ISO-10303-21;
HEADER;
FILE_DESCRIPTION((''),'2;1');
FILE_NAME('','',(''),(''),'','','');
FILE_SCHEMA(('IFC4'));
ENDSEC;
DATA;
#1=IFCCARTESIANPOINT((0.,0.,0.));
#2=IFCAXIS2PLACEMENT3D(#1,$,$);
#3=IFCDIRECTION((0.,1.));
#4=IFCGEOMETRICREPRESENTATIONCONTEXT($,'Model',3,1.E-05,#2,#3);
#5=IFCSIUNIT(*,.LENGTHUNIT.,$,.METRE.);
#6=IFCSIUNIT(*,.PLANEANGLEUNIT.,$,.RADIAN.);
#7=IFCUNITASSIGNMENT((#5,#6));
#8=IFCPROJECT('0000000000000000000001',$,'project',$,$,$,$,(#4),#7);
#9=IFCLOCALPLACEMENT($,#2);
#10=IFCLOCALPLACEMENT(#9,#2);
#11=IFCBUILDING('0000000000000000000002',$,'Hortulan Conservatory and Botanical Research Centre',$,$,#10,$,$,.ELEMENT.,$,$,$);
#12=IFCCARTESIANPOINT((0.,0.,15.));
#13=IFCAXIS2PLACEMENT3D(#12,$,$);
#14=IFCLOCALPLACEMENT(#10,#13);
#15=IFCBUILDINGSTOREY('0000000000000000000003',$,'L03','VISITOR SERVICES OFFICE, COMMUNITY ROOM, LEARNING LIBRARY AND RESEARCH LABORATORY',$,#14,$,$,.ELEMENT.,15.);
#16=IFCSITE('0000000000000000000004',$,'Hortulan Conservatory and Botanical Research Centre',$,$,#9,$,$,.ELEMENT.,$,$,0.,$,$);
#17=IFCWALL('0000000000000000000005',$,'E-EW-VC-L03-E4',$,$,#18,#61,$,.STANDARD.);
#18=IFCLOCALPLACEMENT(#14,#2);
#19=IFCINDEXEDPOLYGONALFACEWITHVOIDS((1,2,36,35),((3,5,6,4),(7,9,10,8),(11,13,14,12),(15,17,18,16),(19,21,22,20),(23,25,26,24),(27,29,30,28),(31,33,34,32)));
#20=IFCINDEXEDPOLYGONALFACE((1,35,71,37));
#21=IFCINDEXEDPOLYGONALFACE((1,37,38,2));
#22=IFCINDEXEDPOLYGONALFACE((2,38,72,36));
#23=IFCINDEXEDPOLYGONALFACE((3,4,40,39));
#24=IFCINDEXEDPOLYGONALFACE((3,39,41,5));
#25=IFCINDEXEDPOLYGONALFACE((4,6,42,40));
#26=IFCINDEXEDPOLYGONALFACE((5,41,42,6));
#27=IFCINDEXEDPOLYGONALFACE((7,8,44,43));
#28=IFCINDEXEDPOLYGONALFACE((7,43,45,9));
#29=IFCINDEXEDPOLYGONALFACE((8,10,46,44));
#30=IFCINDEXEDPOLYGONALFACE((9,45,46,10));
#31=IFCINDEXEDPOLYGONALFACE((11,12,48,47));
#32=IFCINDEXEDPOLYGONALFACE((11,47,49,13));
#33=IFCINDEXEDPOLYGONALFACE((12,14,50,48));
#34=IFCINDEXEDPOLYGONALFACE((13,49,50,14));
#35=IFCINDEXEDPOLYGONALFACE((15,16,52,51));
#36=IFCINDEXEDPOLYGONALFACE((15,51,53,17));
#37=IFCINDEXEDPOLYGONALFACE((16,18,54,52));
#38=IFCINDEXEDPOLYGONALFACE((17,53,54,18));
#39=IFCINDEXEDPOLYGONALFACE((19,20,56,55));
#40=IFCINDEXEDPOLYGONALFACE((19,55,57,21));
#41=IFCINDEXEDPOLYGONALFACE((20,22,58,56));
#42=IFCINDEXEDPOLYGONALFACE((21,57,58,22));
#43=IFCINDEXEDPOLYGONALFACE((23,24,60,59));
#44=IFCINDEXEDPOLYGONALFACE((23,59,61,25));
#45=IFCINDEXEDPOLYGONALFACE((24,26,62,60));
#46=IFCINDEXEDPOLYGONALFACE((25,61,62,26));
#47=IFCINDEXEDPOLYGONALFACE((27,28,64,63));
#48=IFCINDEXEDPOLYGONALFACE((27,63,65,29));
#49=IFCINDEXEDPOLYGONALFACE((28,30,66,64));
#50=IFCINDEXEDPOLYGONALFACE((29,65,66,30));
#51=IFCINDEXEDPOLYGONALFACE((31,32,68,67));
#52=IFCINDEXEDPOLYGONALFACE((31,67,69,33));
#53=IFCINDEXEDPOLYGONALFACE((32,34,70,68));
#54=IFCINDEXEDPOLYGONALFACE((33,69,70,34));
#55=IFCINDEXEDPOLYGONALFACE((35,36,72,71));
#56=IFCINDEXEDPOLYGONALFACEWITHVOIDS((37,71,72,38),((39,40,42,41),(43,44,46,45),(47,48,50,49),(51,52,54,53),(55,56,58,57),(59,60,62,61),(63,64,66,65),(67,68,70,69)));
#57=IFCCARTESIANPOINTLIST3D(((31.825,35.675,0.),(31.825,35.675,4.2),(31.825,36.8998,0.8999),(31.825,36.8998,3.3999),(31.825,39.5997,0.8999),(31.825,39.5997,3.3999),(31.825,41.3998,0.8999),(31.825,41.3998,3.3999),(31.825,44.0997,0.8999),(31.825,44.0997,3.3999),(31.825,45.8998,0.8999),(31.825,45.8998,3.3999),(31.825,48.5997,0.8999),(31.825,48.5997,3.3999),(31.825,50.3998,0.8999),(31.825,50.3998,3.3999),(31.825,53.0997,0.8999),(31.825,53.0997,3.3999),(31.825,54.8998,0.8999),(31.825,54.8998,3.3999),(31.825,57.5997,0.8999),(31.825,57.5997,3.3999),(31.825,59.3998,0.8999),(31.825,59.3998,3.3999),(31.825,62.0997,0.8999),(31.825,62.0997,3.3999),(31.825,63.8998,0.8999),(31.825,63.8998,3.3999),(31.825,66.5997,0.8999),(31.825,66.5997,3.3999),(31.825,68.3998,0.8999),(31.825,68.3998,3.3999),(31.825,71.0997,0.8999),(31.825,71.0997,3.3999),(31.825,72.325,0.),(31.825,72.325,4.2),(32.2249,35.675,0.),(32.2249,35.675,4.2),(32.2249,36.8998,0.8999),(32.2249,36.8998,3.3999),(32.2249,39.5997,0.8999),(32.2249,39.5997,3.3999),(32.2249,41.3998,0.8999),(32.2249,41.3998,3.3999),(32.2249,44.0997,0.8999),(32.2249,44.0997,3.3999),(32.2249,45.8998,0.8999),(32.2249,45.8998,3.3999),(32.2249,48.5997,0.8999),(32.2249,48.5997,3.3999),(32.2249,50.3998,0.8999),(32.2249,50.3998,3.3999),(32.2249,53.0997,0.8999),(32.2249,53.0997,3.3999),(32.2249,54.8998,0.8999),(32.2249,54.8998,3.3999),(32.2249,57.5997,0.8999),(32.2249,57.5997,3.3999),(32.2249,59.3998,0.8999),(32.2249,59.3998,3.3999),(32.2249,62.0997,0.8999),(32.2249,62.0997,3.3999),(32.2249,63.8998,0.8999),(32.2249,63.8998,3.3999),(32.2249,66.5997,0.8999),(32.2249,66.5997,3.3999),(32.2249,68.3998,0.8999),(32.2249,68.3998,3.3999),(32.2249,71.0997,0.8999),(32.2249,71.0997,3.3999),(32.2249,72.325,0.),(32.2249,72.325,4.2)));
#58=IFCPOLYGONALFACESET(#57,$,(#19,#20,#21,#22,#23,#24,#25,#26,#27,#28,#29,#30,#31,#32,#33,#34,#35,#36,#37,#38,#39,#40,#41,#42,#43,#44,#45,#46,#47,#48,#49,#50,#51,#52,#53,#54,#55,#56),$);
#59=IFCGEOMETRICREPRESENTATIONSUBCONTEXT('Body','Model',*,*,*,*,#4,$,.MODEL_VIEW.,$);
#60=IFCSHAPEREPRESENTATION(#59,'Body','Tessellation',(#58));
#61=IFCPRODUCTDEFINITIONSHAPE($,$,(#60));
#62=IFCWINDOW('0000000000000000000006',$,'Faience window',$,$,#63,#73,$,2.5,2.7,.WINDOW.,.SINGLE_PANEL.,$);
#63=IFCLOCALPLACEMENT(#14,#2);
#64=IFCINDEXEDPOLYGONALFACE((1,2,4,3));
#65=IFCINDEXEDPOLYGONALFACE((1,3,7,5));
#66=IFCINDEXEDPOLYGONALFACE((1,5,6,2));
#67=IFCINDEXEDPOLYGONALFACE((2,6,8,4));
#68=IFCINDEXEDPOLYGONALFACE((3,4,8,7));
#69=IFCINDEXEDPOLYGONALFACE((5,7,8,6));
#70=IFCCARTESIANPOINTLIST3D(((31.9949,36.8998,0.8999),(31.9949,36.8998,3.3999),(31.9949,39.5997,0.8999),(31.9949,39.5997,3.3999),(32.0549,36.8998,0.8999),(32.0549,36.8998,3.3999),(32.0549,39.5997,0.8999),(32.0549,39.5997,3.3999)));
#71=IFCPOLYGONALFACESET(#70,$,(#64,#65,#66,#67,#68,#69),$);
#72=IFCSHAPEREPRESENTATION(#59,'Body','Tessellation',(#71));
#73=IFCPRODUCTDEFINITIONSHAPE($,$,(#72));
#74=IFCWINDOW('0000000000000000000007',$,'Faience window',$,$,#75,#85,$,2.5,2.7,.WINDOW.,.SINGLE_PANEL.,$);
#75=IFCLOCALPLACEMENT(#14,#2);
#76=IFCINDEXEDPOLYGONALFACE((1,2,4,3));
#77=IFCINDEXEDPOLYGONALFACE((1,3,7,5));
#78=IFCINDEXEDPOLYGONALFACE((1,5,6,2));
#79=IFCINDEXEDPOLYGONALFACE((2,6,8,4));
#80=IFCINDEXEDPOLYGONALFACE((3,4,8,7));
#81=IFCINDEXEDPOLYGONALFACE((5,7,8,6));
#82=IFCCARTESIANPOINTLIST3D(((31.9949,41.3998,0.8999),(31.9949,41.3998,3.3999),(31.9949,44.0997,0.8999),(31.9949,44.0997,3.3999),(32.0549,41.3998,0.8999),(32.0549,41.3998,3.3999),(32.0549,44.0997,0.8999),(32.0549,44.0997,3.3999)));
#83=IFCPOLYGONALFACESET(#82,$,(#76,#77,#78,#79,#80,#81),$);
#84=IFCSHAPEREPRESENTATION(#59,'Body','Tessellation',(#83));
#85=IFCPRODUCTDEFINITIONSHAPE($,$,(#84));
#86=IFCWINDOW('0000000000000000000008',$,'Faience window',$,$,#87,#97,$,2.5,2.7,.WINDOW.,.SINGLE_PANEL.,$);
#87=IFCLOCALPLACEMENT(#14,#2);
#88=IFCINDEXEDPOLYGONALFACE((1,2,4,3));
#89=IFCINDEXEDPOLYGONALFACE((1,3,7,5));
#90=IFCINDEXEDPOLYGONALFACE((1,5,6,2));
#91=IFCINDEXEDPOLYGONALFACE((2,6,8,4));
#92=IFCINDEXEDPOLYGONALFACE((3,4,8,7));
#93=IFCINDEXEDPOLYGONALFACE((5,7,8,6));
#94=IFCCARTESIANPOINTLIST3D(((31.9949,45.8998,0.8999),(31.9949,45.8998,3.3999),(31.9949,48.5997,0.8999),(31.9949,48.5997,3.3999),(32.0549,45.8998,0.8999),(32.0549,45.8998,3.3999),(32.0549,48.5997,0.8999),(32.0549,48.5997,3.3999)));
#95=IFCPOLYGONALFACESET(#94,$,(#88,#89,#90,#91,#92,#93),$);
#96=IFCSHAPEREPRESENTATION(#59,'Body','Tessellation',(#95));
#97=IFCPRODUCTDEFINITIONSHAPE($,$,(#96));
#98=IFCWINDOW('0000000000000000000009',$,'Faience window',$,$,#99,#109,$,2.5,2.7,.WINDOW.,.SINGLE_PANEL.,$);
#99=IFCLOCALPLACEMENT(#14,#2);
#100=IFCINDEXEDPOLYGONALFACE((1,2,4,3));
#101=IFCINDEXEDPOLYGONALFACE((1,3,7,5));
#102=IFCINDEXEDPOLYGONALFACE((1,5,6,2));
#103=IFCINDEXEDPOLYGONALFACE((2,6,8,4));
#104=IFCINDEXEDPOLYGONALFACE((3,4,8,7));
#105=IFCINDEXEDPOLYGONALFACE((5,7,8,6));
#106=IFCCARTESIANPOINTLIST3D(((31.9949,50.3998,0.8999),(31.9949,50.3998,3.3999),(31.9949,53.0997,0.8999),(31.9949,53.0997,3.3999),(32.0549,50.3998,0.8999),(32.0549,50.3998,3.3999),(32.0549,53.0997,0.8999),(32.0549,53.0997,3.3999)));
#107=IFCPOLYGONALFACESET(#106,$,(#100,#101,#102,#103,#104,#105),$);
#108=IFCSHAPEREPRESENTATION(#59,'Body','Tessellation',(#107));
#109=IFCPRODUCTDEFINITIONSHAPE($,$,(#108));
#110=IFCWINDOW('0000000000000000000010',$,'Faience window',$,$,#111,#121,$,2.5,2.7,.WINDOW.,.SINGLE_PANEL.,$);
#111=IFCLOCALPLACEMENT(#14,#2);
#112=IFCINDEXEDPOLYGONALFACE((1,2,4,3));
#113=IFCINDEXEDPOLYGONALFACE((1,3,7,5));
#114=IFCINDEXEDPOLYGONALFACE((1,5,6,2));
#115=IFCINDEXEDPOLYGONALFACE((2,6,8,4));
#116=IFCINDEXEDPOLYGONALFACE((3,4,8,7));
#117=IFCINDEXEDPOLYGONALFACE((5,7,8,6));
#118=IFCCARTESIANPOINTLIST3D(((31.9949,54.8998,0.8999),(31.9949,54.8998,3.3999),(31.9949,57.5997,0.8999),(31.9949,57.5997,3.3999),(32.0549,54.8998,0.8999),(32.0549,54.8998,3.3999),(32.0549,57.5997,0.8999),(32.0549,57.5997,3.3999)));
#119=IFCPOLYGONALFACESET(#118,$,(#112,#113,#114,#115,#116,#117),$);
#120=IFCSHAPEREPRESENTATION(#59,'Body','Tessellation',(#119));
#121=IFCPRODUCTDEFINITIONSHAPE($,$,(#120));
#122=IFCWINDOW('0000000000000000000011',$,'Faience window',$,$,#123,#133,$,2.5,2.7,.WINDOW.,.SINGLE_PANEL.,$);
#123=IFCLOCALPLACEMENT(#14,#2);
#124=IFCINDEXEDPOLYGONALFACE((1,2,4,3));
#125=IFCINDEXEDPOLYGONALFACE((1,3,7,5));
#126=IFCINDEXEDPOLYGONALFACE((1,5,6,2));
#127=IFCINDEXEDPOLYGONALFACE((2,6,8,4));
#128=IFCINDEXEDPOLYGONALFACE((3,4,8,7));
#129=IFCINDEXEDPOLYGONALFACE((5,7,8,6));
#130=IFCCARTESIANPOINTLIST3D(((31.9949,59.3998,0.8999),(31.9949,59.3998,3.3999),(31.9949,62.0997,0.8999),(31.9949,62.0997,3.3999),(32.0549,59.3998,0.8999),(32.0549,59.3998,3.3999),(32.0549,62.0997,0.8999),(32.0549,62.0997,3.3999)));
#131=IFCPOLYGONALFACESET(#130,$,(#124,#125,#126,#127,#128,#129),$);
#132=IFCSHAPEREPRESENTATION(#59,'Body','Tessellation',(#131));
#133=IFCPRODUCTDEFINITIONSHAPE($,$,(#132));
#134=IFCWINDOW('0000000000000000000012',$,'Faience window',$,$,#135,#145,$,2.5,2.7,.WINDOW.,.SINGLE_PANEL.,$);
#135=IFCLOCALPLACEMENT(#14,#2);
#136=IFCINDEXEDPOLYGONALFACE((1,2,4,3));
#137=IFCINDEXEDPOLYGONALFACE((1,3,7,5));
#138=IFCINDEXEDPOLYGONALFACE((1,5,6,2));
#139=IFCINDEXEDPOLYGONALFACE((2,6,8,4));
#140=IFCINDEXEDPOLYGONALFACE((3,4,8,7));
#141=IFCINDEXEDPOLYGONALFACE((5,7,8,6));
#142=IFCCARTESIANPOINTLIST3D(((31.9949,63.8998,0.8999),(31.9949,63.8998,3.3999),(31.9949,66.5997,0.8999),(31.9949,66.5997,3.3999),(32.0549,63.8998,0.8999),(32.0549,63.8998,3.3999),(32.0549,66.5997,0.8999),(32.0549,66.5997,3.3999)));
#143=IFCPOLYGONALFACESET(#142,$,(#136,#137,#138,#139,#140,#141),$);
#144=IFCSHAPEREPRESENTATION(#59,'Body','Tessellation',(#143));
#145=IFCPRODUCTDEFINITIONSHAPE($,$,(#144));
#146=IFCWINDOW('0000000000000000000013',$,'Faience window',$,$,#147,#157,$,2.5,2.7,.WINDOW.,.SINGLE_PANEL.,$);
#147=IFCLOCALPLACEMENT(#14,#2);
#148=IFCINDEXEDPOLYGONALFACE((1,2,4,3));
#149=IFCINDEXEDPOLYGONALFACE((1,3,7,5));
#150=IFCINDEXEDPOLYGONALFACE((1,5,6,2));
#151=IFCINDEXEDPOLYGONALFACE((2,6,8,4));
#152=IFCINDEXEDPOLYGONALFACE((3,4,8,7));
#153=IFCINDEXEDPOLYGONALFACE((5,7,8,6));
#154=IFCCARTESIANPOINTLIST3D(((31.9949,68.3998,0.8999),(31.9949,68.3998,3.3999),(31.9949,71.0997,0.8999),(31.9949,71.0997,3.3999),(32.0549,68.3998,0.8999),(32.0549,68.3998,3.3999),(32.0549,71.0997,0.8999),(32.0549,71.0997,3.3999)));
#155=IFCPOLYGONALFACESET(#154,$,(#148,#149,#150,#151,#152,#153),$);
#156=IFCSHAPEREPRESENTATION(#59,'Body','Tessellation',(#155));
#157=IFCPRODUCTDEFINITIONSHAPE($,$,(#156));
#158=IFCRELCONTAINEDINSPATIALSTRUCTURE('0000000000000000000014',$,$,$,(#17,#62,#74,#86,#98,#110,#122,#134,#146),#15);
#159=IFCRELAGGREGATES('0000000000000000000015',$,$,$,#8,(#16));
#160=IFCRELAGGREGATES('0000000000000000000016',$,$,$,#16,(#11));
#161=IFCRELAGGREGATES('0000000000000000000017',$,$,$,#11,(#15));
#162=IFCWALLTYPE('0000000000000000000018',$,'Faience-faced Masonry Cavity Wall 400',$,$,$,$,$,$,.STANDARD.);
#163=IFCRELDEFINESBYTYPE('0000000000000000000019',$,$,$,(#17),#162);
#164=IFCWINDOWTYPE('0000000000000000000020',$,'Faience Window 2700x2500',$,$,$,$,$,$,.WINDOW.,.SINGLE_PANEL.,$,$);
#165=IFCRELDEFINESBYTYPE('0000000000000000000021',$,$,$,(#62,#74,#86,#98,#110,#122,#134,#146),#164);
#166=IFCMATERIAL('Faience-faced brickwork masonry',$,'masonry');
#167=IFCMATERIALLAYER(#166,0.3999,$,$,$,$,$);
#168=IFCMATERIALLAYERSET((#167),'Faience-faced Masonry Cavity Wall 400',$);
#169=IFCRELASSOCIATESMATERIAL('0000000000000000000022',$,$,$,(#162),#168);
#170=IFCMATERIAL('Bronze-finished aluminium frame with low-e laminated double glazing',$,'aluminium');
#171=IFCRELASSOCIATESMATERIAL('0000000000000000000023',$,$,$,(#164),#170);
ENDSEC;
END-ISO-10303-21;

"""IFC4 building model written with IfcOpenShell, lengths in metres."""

from ifc_helpers import new_model, si_unit, direction, frame, frame_2d, origin, place, context, subcontext, project, spatial, rectangle, extrude, material, layer, layer_set, type_object, element, fill, save


model = new_model("IFC4")

# Units and contexts
model_context = context("Model", 3, precision=1e-05, world=origin(), true_north=direction((0.0, 1.0)))
body_context = subcontext(model_context, "Body", "Model", "MODEL_VIEW")
ifc_project = project(units=[si_unit("LENGTHUNIT", "METRE"), si_unit("PLANEANGLEUNIT", "RADIAN")], contexts=[model_context])

# Site, building, storey
site_placement = place(None, origin())
site = spatial("IfcSite", under=ifc_project, at=site_placement, Name="Hortulan Conservatory and Botanical Research Centre", CompositionType="ELEMENT", RefElevation=0.0)
building_placement = place(site_placement, origin())
building = spatial("IfcBuilding", under=site, at=building_placement, Name="Hortulan Conservatory and Botanical Research Centre", CompositionType="ELEMENT")
storey_placement = place(building_placement, frame((0.0, 0.0, 15.0)))
storey = spatial("IfcBuildingStorey", under=building, at=storey_placement, Name="L03", Description="VISITOR SERVICES OFFICE, COMMUNITY ROOM, LEARNING LIBRARY AND RESEARCH LABORATORY", CompositionType="ELEMENT", Elevation=15.0)

# Wall, openings, windows
ifc_material_1 = material(Name="Faience-faced brickwork masonry", Category="masonry")
ifc_layer_1 = layer(ifc_material_1, 0.3999)
ifc_layer_set_1 = layer_set([ifc_layer_1], Name="Faience-faced Masonry Cavity Wall 400")
wall_type = type_object("IfcWallType", Name="Faience-faced Masonry Cavity Wall 400", PredefinedType="STANDARD", material=ifc_layer_set_1)
wall_placement = place(storey_placement, frame((32.0249, 72.325, 0.0), z_axis=(0.0, 0.0, 1.0), x_axis=(0.0, -1.0, 0.0)))
wall = element("IfcWall", 1, at=wall_placement, inside=storey, type_object=wall_type, Name="E-EW-VC-L03-E4", PredefinedType="STANDARD", context=body_context, shape_type="SweptSolid", body=[
    extrude(rectangle(XDim=36.6499, YDim=0.3999, at=frame_2d((18.325, 0.0))), origin(), (0.0, 0.0, 1.0), 4.2),
])
opening_1_placement = place(wall_placement, frame((32.7251, 0.0, 0.8999)))
opening_1 = element("IfcOpeningElement", 2, at=opening_1_placement, cuts=wall, PredefinedType="OPENING", context=body_context, shape_type="SweptSolid", body=[
    extrude(rectangle(XDim=2.7, YDim=2.5, at=frame_2d((1.3501, 1.25))), frame((0.0, 0.21, 0.0), z_axis=(0.0, -1.0, 0.0), x_axis=(1.0, 0.0, 0.0)), (0.0, 0.0, 1.0), 0.4199),
])
opening_2_placement = place(wall_placement, frame((28.2251, 0.0, 0.8999)))
opening_2 = element("IfcOpeningElement", 3, at=opening_2_placement, cuts=wall, PredefinedType="OPENING", context=body_context, shape_type="SweptSolid", body=[
    extrude(rectangle(XDim=2.7, YDim=2.5, at=frame_2d((1.3501, 1.25))), frame((0.0, 0.21, 0.0), z_axis=(0.0, -1.0, 0.0), x_axis=(1.0, 0.0, 0.0)), (0.0, 0.0, 1.0), 0.4199),
])
opening_3_placement = place(wall_placement, frame((23.7251, 0.0, 0.8999)))
opening_3 = element("IfcOpeningElement", 4, at=opening_3_placement, cuts=wall, PredefinedType="OPENING", context=body_context, shape_type="SweptSolid", body=[
    extrude(rectangle(XDim=2.7, YDim=2.5, at=frame_2d((1.3501, 1.25))), frame((0.0, 0.21, 0.0), z_axis=(0.0, -1.0, 0.0), x_axis=(1.0, 0.0, 0.0)), (0.0, 0.0, 1.0), 0.4199),
])
opening_4_placement = place(wall_placement, frame((19.2251, 0.0, 0.8999)))
opening_4 = element("IfcOpeningElement", 5, at=opening_4_placement, cuts=wall, PredefinedType="OPENING", context=body_context, shape_type="SweptSolid", body=[
    extrude(rectangle(XDim=2.7, YDim=2.5, at=frame_2d((1.3501, 1.25))), frame((0.0, 0.21, 0.0), z_axis=(0.0, -1.0, 0.0), x_axis=(1.0, 0.0, 0.0)), (0.0, 0.0, 1.0), 0.4199),
])
opening_5_placement = place(wall_placement, frame((14.7251, 0.0, 0.8999)))
opening_5 = element("IfcOpeningElement", 6, at=opening_5_placement, cuts=wall, PredefinedType="OPENING", context=body_context, shape_type="SweptSolid", body=[
    extrude(rectangle(XDim=2.7, YDim=2.5, at=frame_2d((1.3501, 1.25))), frame((0.0, 0.21, 0.0), z_axis=(0.0, -1.0, 0.0), x_axis=(1.0, 0.0, 0.0)), (0.0, 0.0, 1.0), 0.4199),
])
opening_6_placement = place(wall_placement, frame((10.2251, 0.0, 0.8999)))
opening_6 = element("IfcOpeningElement", 7, at=opening_6_placement, cuts=wall, PredefinedType="OPENING", context=body_context, shape_type="SweptSolid", body=[
    extrude(rectangle(XDim=2.7, YDim=2.5, at=frame_2d((1.3501, 1.25))), frame((0.0, 0.21, 0.0), z_axis=(0.0, -1.0, 0.0), x_axis=(1.0, 0.0, 0.0)), (0.0, 0.0, 1.0), 0.4199),
])
opening_7_placement = place(wall_placement, frame((5.7251, 0.0, 0.8999)))
opening_7 = element("IfcOpeningElement", 8, at=opening_7_placement, cuts=wall, PredefinedType="OPENING", context=body_context, shape_type="SweptSolid", body=[
    extrude(rectangle(XDim=2.7, YDim=2.5, at=frame_2d((1.3501, 1.25))), frame((0.0, 0.21, 0.0), z_axis=(0.0, -1.0, 0.0), x_axis=(1.0, 0.0, 0.0)), (0.0, 0.0, 1.0), 0.4199),
])
opening_8_placement = place(wall_placement, frame((1.2251, 0.0, 0.8999)))
opening_8 = element("IfcOpeningElement", 9, at=opening_8_placement, cuts=wall, PredefinedType="OPENING", context=body_context, shape_type="SweptSolid", body=[
    extrude(rectangle(XDim=2.7, YDim=2.5, at=frame_2d((1.3501, 1.25))), frame((0.0, 0.21, 0.0), z_axis=(0.0, -1.0, 0.0), x_axis=(1.0, 0.0, 0.0)), (0.0, 0.0, 1.0), 0.4199),
])
ifc_material_2 = material(Name="Bronze-finished aluminium frame with low-e laminated double glazing", Category="aluminium")
window_type = type_object("IfcWindowType", Name="Faience Window 2700x2500", PartitioningType="SINGLE_PANEL", PredefinedType="WINDOW", material=ifc_material_2)
window_1_placement = place(opening_1_placement, origin())
window_1 = element("IfcWindow", 10, at=window_1_placement, inside=storey, type_object=window_type, Name="Faience window", OverallHeight=2.5, OverallWidth=2.7, PartitioningType="SINGLE_PANEL", PredefinedType="WINDOW", context=body_context, shape_type="SweptSolid", body=[
    extrude(rectangle(XDim=2.7, YDim=2.5, at=frame_2d((1.3501, 1.25))), frame((0.0, 0.03, 0.0), z_axis=(0.0, -1.0, 0.0), x_axis=(1.0, 0.0, 0.0)), (0.0, 0.0, 1.0), 0.0601),
])
fill(opening_1, window_1)
window_2_placement = place(opening_2_placement, origin())
window_2 = element("IfcWindow", 11, at=window_2_placement, inside=storey, type_object=window_type, Name="Faience window", OverallHeight=2.5, OverallWidth=2.7, PartitioningType="SINGLE_PANEL", PredefinedType="WINDOW", context=body_context, shape_type="SweptSolid", body=[
    extrude(rectangle(XDim=2.7, YDim=2.5, at=frame_2d((1.3501, 1.25))), frame((0.0, 0.03, 0.0), z_axis=(0.0, -1.0, 0.0), x_axis=(1.0, 0.0, 0.0)), (0.0, 0.0, 1.0), 0.0601),
])
fill(opening_2, window_2)
window_3_placement = place(opening_3_placement, origin())
window_3 = element("IfcWindow", 12, at=window_3_placement, inside=storey, type_object=window_type, Name="Faience window", OverallHeight=2.5, OverallWidth=2.7, PartitioningType="SINGLE_PANEL", PredefinedType="WINDOW", context=body_context, shape_type="SweptSolid", body=[
    extrude(rectangle(XDim=2.7, YDim=2.5, at=frame_2d((1.3501, 1.25))), frame((0.0, 0.03, 0.0), z_axis=(0.0, -1.0, 0.0), x_axis=(1.0, 0.0, 0.0)), (0.0, 0.0, 1.0), 0.0601),
])
fill(opening_3, window_3)
window_4_placement = place(opening_4_placement, origin())
window_4 = element("IfcWindow", 13, at=window_4_placement, inside=storey, type_object=window_type, Name="Faience window", OverallHeight=2.5, OverallWidth=2.7, PartitioningType="SINGLE_PANEL", PredefinedType="WINDOW", context=body_context, shape_type="SweptSolid", body=[
    extrude(rectangle(XDim=2.7, YDim=2.5, at=frame_2d((1.3501, 1.25))), frame((0.0, 0.03, 0.0), z_axis=(0.0, -1.0, 0.0), x_axis=(1.0, 0.0, 0.0)), (0.0, 0.0, 1.0), 0.0601),
])
fill(opening_4, window_4)
window_5_placement = place(opening_5_placement, origin())
window_5 = element("IfcWindow", 14, at=window_5_placement, inside=storey, type_object=window_type, Name="Faience window", OverallHeight=2.5, OverallWidth=2.7, PartitioningType="SINGLE_PANEL", PredefinedType="WINDOW", context=body_context, shape_type="SweptSolid", body=[
    extrude(rectangle(XDim=2.7, YDim=2.5, at=frame_2d((1.3501, 1.25))), frame((0.0, 0.03, 0.0), z_axis=(0.0, -1.0, 0.0), x_axis=(1.0, 0.0, 0.0)), (0.0, 0.0, 1.0), 0.0601),
])
fill(opening_5, window_5)
window_6_placement = place(opening_6_placement, origin())
window_6 = element("IfcWindow", 15, at=window_6_placement, inside=storey, type_object=window_type, Name="Faience window", OverallHeight=2.5, OverallWidth=2.7, PartitioningType="SINGLE_PANEL", PredefinedType="WINDOW", context=body_context, shape_type="SweptSolid", body=[
    extrude(rectangle(XDim=2.7, YDim=2.5, at=frame_2d((1.3501, 1.25))), frame((0.0, 0.03, 0.0), z_axis=(0.0, -1.0, 0.0), x_axis=(1.0, 0.0, 0.0)), (0.0, 0.0, 1.0), 0.0601),
])
fill(opening_6, window_6)
window_7_placement = place(opening_7_placement, origin())
window_7 = element("IfcWindow", 16, at=window_7_placement, inside=storey, type_object=window_type, Name="Faience window", OverallHeight=2.5, OverallWidth=2.7, PartitioningType="SINGLE_PANEL", PredefinedType="WINDOW", context=body_context, shape_type="SweptSolid", body=[
    extrude(rectangle(XDim=2.7, YDim=2.5, at=frame_2d((1.3501, 1.25))), frame((0.0, 0.03, 0.0), z_axis=(0.0, -1.0, 0.0), x_axis=(1.0, 0.0, 0.0)), (0.0, 0.0, 1.0), 0.0601),
])
fill(opening_7, window_7)
window_8_placement = place(opening_8_placement, origin())
window_8 = element("IfcWindow", 17, at=window_8_placement, inside=storey, type_object=window_type, Name="Faience window", OverallHeight=2.5, OverallWidth=2.7, PartitioningType="SINGLE_PANEL", PredefinedType="WINDOW", context=body_context, shape_type="SweptSolid", body=[
    extrude(rectangle(XDim=2.7, YDim=2.5, at=frame_2d((1.3501, 1.25))), frame((0.0, 0.03, 0.0), z_axis=(0.0, -1.0, 0.0), x_axis=(1.0, 0.0, 0.0)), (0.0, 0.0, 1.0), 0.0601),
])
fill(opening_8, window_8)

save(model, "model.ifc")
